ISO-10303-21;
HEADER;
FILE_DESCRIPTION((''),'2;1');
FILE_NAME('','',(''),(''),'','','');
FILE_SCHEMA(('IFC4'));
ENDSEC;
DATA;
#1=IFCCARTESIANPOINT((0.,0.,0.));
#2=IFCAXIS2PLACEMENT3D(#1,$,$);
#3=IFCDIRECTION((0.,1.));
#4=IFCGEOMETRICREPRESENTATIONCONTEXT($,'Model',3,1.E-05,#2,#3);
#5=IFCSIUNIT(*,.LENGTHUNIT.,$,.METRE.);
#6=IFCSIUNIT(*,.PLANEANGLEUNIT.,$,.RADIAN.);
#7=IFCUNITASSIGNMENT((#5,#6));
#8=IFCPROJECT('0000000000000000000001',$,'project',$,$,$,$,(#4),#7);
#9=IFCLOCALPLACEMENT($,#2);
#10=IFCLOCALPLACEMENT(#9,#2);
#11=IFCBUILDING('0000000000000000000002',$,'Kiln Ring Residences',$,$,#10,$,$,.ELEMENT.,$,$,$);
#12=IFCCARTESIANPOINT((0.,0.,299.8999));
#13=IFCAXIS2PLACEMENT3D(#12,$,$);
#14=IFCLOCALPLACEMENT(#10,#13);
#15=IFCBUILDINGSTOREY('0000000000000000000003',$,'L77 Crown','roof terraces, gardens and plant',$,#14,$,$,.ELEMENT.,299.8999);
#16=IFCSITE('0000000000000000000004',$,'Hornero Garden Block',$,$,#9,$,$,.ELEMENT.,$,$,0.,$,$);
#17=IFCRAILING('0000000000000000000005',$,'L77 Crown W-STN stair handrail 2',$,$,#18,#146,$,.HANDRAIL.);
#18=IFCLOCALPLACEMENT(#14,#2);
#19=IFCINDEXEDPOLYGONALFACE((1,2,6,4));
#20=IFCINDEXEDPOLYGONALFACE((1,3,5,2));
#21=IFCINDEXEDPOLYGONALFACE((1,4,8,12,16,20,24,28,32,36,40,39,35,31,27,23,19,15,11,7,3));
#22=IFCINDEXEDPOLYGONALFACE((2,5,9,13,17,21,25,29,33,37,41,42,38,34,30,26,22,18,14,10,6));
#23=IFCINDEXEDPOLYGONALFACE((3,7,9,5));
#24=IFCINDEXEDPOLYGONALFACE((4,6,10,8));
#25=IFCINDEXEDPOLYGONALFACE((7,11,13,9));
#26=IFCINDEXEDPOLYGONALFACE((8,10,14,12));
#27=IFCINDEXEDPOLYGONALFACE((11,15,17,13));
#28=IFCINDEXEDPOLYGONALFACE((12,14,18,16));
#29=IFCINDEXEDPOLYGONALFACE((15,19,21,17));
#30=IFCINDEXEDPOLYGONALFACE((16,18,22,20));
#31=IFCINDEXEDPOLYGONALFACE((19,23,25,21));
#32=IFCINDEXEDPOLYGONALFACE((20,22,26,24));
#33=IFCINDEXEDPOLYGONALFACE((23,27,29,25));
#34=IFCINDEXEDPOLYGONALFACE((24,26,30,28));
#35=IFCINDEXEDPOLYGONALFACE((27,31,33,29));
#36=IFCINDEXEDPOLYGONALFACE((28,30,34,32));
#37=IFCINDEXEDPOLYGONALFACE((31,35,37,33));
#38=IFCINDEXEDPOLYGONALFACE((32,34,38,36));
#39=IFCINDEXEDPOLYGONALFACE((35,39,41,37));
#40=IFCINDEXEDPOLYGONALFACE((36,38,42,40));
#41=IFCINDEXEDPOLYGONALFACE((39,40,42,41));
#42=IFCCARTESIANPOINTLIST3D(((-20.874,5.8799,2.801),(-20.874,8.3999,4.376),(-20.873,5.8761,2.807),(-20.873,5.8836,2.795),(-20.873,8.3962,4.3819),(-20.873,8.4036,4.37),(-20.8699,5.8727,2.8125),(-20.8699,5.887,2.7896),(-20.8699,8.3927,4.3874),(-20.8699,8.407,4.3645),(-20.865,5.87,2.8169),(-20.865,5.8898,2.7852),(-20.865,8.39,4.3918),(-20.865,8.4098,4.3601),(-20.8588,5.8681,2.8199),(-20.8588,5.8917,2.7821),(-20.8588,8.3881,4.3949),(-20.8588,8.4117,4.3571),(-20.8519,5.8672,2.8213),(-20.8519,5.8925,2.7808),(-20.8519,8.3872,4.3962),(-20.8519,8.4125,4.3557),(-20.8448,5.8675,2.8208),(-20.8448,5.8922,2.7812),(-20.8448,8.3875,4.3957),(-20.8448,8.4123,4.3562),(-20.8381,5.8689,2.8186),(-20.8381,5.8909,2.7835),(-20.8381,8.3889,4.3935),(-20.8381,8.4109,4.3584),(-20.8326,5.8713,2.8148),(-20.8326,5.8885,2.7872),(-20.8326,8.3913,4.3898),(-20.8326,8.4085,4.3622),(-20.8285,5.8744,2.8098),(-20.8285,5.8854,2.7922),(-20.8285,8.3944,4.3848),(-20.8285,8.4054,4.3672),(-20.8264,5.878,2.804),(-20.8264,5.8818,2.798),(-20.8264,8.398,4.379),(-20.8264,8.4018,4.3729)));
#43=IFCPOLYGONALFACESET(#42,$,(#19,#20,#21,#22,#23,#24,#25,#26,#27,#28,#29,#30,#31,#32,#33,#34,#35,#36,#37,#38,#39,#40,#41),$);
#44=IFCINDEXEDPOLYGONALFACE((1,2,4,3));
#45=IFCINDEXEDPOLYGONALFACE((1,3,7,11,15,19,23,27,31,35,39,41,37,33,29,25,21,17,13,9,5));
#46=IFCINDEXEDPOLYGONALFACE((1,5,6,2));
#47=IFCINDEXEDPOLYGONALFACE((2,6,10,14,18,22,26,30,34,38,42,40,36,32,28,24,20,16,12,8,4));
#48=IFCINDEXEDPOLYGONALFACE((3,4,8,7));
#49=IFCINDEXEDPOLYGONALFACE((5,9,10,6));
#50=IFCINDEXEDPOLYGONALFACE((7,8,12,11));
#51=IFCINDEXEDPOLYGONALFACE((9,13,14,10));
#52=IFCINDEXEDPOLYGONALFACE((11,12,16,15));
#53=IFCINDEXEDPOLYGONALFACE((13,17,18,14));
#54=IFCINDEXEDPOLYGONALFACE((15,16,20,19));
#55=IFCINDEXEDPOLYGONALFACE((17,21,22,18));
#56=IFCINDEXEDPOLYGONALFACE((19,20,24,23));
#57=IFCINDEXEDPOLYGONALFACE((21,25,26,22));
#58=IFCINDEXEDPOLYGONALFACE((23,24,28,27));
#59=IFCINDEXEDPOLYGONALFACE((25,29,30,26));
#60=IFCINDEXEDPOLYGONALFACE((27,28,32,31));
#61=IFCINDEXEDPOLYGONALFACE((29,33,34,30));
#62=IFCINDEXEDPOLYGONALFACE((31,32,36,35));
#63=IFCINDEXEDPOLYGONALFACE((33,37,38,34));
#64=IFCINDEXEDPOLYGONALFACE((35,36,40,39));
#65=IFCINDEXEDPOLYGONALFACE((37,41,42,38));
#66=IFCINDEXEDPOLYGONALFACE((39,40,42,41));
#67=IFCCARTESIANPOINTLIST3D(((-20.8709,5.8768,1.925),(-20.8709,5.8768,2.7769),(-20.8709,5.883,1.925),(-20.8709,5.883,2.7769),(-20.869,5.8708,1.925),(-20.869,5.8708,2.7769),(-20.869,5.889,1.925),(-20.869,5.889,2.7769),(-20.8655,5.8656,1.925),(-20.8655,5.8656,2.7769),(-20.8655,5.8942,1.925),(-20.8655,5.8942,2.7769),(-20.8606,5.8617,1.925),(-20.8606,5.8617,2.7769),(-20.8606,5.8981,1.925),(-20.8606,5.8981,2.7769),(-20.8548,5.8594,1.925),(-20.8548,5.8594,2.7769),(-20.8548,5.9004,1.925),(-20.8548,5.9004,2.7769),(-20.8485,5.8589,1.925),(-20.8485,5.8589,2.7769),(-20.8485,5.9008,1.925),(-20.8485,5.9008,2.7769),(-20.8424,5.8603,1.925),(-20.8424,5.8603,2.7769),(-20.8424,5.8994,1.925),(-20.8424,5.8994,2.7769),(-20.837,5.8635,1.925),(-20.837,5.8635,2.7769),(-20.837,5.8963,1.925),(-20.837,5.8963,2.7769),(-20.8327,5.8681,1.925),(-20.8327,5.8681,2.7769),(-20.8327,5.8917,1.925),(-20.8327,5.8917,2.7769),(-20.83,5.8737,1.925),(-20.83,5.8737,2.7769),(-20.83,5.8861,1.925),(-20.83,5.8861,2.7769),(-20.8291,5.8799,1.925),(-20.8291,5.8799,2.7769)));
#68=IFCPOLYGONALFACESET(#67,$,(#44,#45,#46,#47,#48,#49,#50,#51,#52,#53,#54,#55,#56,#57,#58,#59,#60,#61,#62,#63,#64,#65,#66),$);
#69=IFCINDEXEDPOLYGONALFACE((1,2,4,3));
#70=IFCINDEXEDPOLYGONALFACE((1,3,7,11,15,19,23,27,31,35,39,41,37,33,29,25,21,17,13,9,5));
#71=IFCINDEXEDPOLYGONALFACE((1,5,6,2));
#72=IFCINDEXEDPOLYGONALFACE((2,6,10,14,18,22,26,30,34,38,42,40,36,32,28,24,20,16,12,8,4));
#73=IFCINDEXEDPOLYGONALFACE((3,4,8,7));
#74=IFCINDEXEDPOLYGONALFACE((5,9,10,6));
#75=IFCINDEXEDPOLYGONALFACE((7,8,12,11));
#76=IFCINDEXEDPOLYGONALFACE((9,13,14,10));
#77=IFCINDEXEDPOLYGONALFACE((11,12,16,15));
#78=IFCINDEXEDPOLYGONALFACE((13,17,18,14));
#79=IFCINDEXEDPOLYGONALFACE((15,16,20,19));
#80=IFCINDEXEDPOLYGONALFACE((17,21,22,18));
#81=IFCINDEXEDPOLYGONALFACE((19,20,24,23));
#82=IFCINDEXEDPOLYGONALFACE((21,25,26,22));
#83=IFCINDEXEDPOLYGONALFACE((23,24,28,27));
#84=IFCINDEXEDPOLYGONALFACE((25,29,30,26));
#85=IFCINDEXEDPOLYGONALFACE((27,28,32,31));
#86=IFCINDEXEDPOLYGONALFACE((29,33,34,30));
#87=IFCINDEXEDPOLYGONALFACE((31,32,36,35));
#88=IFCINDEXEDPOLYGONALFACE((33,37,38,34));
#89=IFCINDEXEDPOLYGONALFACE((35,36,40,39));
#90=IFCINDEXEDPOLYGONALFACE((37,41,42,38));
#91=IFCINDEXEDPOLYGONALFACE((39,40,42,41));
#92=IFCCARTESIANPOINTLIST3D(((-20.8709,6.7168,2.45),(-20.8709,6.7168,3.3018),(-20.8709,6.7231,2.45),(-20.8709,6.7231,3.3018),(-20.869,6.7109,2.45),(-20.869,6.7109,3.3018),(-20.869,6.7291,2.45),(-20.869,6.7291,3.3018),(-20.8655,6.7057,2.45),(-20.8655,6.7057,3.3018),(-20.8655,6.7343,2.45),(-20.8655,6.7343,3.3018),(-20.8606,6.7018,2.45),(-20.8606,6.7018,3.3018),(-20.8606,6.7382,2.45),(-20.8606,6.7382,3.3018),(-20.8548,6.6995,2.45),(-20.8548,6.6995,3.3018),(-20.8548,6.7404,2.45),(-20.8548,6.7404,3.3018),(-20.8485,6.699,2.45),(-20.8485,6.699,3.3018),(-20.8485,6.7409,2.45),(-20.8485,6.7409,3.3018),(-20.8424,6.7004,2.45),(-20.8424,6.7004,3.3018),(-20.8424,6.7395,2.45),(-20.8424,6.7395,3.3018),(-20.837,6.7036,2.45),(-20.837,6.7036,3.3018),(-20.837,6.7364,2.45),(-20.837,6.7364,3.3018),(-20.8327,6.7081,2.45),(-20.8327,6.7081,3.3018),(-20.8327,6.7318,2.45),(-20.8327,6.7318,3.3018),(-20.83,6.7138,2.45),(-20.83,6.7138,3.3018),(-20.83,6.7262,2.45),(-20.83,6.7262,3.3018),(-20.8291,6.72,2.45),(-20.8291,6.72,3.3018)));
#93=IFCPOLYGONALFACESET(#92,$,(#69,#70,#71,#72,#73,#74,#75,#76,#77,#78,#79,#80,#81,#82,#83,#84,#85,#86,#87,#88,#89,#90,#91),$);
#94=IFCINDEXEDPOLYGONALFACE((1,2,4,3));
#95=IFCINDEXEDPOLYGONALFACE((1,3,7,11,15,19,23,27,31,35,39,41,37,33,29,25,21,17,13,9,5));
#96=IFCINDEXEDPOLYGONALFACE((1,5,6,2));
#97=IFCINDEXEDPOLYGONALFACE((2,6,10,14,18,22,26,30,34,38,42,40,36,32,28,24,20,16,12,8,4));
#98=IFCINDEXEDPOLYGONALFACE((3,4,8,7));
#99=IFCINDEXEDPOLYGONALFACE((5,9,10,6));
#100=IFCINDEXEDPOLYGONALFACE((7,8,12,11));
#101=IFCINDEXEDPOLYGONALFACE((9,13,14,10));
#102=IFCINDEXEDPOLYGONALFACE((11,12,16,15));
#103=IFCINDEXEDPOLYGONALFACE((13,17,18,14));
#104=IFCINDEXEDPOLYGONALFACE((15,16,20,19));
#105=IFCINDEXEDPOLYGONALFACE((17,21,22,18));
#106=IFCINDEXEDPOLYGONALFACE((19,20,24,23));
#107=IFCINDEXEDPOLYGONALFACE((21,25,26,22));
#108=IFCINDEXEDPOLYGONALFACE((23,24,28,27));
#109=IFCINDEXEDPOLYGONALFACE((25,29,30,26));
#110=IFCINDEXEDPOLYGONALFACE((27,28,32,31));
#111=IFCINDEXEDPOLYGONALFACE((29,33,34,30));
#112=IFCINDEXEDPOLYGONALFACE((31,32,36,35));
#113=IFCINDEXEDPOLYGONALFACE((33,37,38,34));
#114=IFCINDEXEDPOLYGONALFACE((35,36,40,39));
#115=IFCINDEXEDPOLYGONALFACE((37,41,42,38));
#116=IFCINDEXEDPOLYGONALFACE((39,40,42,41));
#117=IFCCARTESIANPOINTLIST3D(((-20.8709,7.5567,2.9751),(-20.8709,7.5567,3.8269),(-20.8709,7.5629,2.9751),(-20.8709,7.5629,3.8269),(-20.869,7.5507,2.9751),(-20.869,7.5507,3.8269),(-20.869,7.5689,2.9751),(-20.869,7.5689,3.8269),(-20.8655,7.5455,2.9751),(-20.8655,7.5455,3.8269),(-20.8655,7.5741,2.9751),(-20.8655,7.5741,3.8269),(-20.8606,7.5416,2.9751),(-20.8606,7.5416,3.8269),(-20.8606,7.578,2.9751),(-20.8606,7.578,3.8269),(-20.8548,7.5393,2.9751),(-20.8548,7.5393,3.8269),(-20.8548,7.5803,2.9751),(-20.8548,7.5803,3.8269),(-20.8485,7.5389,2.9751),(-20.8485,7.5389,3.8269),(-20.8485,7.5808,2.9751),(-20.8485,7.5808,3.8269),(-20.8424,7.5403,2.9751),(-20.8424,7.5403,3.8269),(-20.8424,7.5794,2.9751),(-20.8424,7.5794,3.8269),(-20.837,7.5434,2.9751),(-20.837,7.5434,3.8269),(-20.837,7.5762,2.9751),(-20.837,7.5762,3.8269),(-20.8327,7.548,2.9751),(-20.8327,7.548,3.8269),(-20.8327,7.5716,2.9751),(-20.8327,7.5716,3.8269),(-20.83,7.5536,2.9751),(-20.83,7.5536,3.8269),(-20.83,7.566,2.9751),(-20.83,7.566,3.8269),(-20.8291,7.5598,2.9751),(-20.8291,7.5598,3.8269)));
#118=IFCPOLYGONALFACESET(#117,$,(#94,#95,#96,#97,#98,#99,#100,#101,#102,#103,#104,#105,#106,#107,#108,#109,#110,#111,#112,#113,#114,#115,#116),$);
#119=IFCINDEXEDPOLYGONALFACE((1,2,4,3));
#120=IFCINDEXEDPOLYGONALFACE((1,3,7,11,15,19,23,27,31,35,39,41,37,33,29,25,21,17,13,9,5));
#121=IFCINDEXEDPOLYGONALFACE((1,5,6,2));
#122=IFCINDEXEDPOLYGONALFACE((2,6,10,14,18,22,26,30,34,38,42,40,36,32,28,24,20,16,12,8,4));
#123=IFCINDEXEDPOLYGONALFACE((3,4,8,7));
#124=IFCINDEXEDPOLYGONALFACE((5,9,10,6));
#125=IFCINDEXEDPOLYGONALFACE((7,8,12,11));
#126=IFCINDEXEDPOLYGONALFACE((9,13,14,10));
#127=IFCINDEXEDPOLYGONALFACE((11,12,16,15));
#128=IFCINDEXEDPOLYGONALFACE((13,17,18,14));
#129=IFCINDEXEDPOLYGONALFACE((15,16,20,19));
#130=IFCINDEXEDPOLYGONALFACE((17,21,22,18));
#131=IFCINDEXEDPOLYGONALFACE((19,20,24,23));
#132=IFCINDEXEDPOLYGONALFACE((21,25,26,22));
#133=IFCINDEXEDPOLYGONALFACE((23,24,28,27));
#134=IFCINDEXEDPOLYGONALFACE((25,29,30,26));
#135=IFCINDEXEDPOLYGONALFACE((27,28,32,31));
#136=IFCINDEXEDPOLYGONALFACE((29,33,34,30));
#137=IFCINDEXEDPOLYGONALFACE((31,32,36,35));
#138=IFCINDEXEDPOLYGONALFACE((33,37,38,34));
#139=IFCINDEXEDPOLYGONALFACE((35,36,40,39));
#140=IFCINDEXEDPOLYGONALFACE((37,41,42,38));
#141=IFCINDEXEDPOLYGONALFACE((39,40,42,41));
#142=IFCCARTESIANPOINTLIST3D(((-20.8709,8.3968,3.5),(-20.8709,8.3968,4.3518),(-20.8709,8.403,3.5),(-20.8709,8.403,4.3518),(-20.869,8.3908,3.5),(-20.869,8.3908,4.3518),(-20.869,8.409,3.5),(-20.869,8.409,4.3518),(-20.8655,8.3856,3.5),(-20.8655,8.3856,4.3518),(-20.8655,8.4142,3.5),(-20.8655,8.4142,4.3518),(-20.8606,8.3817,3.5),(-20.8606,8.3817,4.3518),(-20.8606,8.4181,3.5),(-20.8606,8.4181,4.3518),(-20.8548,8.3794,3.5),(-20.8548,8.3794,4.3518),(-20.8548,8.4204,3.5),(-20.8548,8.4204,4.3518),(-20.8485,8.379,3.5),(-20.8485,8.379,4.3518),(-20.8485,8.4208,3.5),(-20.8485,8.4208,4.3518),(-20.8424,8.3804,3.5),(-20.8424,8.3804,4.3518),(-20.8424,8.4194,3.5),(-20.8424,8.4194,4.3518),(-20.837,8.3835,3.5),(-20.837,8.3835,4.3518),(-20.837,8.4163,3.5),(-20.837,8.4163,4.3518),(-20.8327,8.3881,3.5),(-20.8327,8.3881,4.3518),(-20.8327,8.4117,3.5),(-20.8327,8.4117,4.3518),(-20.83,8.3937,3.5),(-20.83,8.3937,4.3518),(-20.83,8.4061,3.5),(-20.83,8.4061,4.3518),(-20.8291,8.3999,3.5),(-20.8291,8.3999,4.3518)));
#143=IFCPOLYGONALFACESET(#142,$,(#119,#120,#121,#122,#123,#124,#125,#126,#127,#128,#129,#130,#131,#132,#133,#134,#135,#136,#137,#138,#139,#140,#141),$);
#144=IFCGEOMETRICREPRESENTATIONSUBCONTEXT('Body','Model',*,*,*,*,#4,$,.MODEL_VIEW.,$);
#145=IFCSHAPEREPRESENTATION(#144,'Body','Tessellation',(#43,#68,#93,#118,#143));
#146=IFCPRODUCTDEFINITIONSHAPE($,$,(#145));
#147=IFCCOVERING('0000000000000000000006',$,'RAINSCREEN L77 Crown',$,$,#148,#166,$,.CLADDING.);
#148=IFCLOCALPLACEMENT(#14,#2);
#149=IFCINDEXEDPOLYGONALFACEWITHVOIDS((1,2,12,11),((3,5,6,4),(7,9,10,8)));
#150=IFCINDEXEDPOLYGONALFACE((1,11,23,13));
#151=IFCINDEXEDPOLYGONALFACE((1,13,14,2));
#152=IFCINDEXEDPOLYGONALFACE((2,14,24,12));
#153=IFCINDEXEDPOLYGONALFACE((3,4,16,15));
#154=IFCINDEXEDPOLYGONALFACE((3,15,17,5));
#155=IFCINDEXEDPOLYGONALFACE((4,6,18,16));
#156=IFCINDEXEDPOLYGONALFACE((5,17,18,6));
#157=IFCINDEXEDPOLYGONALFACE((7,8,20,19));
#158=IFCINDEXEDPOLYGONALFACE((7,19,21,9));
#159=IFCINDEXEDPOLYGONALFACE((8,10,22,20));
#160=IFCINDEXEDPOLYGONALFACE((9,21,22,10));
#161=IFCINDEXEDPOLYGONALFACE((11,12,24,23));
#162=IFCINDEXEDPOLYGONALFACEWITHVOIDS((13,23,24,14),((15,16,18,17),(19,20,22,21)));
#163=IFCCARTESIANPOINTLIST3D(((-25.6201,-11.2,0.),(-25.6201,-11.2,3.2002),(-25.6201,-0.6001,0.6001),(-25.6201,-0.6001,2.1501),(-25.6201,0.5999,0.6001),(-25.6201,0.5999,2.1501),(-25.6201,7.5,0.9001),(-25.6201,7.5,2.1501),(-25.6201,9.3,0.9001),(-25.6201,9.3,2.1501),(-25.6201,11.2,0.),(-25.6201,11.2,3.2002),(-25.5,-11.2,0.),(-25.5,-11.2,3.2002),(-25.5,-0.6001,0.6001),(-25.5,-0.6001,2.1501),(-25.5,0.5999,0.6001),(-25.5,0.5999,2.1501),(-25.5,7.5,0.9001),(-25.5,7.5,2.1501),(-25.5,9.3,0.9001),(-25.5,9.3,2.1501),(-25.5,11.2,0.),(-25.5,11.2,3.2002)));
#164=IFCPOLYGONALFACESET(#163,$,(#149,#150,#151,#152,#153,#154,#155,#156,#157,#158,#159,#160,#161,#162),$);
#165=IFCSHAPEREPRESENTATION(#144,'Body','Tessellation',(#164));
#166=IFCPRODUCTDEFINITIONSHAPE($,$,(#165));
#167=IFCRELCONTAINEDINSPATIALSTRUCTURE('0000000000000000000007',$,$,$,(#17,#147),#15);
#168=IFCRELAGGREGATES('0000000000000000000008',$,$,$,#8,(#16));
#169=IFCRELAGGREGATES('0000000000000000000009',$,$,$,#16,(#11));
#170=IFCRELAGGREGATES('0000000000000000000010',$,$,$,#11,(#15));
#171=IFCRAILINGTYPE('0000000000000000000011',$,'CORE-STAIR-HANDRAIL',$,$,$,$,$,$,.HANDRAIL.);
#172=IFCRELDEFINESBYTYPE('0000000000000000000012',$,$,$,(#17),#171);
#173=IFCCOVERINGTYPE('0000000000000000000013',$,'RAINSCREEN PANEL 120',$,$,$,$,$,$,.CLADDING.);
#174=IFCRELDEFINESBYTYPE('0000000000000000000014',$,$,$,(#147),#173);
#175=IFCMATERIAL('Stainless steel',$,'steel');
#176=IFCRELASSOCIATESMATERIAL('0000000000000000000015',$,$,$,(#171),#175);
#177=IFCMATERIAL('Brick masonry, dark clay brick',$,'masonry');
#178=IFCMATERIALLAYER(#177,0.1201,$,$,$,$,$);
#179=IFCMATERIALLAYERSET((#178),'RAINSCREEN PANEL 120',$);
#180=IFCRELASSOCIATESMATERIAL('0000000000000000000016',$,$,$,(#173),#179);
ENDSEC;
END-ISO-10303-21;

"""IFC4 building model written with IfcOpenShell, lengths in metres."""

from ifc_helpers import new_model, si_unit, direction, frame, origin, origin_2d, place, context, subcontext, project, spatial, polyline, circle, outline, extrude, material, layer, layer_set, type_object, element, save


model = new_model("IFC4")

# Units and contexts
model_context = context("Model", 3, precision=1e-05, world=origin(), true_north=direction((0.0, 1.0)))
body_context = subcontext(model_context, "Body", "Model", "MODEL_VIEW")
ifc_project = project(units=[si_unit("LENGTHUNIT", "METRE"), si_unit("PLANEANGLEUNIT", "RADIAN")], contexts=[model_context])

# Site, building, storey
site_placement = place(None, origin())
site = spatial("IfcSite", under=ifc_project, at=site_placement, Name="Hornero Garden Block", CompositionType="ELEMENT", RefElevation=0.0)
building_placement = place(site_placement, origin())
building = spatial("IfcBuilding", under=site, at=building_placement, Name="Kiln Ring Residences", CompositionType="ELEMENT")
storey_placement = place(building_placement, frame((0.0, 0.0, 299.8999)))
storey = spatial("IfcBuildingStorey", under=building, at=storey_placement, Name="L77 Crown", Description="roof terraces, gardens and plant", CompositionType="ELEMENT", Elevation=299.8999)

# Railing
ifc_material_1 = material(Name="Stainless steel", Category="steel")
railing_type_1 = type_object("IfcRailingType", Name="CORE-STAIR-HANDRAIL", PredefinedType="HANDRAIL", material=ifc_material_1)
railing_1_placement = place(storey_placement, frame((-20.8501, 5.8799, 1.925)))
element("IfcRailing", 1, at=railing_1_placement, inside=storey, type_object=railing_type_1, Name="L77 Crown W-STN stair handrail 2", PredefinedType="HANDRAIL", context=body_context, shape_type="SweptSolid", body=[
    extrude(circle(Radius=0.0239, at=origin_2d()), frame((0.0, 0.0, 0.876), z_axis=(0.0, 0.848008, 0.529984), x_axis=(-1.0, 0.0, 0.0)), (0.0, 0.0, 1.0), 2.9717),
    extrude(circle(Radius=0.021, at=origin_2d()), origin(), (0.0, 0.0, 1.0), 0.8518),
    extrude(circle(Radius=0.021, at=origin_2d()), frame((0.0, 0.8401, 0.5249)), (0.0, 0.0, 1.0), 0.8518),
    extrude(circle(Radius=0.021, at=origin_2d()), frame((0.0, 1.6799, 1.05)), (0.0, 0.0, 1.0), 0.8518),
    extrude(circle(Radius=0.021, at=origin_2d()), frame((0.0, 2.52, 1.575)), (0.0, 0.0, 1.0), 0.8518),
])

# Covering
ifc_material_2 = material(Name="Brick masonry, dark clay brick", Category="masonry")
ifc_layer_1 = layer(ifc_material_2, 0.1201)
ifc_layer_set_1 = layer_set([ifc_layer_1], Name="RAINSCREEN PANEL 120")
covering_type = type_object("IfcCoveringType", Name="RAINSCREEN PANEL 120", PredefinedType="CLADDING", material=ifc_layer_set_1)
covering_placement = place(storey_placement, frame((-25.5601, 11.2, 0.0), z_axis=(0.0, 0.0, 1.0), x_axis=(0.0, -1.0, 0.0)))
element("IfcCovering", 2, at=covering_placement, inside=storey, type_object=covering_type, Name="RAINSCREEN L77 Crown", PredefinedType="CLADDING", context=body_context, shape_type="SweptSolid", body=[
    extrude(outline(polyline([(0.0, 0.0), (22.3999, 0.0), (22.3999, 3.2002), (0.0, 3.2002), (0.0, 0.0)]), holes=[polyline([(11.8, 2.1501), (10.6001, 2.1501), (10.6001, 0.6001), (11.8, 0.6001), (11.8, 2.1501)]), polyline([(3.7, 2.1501), (1.8999, 2.1501), (1.8999, 0.9001), (3.7, 0.9001), (3.7, 2.1501)])]), frame((0.0, 0.0601, 0.0), z_axis=(0.0, -1.0, 0.0), x_axis=(1.0, 0.0, 0.0)), (0.0, 0.0, 1.0), 0.1201),
])

save(model, "model.ifc")
